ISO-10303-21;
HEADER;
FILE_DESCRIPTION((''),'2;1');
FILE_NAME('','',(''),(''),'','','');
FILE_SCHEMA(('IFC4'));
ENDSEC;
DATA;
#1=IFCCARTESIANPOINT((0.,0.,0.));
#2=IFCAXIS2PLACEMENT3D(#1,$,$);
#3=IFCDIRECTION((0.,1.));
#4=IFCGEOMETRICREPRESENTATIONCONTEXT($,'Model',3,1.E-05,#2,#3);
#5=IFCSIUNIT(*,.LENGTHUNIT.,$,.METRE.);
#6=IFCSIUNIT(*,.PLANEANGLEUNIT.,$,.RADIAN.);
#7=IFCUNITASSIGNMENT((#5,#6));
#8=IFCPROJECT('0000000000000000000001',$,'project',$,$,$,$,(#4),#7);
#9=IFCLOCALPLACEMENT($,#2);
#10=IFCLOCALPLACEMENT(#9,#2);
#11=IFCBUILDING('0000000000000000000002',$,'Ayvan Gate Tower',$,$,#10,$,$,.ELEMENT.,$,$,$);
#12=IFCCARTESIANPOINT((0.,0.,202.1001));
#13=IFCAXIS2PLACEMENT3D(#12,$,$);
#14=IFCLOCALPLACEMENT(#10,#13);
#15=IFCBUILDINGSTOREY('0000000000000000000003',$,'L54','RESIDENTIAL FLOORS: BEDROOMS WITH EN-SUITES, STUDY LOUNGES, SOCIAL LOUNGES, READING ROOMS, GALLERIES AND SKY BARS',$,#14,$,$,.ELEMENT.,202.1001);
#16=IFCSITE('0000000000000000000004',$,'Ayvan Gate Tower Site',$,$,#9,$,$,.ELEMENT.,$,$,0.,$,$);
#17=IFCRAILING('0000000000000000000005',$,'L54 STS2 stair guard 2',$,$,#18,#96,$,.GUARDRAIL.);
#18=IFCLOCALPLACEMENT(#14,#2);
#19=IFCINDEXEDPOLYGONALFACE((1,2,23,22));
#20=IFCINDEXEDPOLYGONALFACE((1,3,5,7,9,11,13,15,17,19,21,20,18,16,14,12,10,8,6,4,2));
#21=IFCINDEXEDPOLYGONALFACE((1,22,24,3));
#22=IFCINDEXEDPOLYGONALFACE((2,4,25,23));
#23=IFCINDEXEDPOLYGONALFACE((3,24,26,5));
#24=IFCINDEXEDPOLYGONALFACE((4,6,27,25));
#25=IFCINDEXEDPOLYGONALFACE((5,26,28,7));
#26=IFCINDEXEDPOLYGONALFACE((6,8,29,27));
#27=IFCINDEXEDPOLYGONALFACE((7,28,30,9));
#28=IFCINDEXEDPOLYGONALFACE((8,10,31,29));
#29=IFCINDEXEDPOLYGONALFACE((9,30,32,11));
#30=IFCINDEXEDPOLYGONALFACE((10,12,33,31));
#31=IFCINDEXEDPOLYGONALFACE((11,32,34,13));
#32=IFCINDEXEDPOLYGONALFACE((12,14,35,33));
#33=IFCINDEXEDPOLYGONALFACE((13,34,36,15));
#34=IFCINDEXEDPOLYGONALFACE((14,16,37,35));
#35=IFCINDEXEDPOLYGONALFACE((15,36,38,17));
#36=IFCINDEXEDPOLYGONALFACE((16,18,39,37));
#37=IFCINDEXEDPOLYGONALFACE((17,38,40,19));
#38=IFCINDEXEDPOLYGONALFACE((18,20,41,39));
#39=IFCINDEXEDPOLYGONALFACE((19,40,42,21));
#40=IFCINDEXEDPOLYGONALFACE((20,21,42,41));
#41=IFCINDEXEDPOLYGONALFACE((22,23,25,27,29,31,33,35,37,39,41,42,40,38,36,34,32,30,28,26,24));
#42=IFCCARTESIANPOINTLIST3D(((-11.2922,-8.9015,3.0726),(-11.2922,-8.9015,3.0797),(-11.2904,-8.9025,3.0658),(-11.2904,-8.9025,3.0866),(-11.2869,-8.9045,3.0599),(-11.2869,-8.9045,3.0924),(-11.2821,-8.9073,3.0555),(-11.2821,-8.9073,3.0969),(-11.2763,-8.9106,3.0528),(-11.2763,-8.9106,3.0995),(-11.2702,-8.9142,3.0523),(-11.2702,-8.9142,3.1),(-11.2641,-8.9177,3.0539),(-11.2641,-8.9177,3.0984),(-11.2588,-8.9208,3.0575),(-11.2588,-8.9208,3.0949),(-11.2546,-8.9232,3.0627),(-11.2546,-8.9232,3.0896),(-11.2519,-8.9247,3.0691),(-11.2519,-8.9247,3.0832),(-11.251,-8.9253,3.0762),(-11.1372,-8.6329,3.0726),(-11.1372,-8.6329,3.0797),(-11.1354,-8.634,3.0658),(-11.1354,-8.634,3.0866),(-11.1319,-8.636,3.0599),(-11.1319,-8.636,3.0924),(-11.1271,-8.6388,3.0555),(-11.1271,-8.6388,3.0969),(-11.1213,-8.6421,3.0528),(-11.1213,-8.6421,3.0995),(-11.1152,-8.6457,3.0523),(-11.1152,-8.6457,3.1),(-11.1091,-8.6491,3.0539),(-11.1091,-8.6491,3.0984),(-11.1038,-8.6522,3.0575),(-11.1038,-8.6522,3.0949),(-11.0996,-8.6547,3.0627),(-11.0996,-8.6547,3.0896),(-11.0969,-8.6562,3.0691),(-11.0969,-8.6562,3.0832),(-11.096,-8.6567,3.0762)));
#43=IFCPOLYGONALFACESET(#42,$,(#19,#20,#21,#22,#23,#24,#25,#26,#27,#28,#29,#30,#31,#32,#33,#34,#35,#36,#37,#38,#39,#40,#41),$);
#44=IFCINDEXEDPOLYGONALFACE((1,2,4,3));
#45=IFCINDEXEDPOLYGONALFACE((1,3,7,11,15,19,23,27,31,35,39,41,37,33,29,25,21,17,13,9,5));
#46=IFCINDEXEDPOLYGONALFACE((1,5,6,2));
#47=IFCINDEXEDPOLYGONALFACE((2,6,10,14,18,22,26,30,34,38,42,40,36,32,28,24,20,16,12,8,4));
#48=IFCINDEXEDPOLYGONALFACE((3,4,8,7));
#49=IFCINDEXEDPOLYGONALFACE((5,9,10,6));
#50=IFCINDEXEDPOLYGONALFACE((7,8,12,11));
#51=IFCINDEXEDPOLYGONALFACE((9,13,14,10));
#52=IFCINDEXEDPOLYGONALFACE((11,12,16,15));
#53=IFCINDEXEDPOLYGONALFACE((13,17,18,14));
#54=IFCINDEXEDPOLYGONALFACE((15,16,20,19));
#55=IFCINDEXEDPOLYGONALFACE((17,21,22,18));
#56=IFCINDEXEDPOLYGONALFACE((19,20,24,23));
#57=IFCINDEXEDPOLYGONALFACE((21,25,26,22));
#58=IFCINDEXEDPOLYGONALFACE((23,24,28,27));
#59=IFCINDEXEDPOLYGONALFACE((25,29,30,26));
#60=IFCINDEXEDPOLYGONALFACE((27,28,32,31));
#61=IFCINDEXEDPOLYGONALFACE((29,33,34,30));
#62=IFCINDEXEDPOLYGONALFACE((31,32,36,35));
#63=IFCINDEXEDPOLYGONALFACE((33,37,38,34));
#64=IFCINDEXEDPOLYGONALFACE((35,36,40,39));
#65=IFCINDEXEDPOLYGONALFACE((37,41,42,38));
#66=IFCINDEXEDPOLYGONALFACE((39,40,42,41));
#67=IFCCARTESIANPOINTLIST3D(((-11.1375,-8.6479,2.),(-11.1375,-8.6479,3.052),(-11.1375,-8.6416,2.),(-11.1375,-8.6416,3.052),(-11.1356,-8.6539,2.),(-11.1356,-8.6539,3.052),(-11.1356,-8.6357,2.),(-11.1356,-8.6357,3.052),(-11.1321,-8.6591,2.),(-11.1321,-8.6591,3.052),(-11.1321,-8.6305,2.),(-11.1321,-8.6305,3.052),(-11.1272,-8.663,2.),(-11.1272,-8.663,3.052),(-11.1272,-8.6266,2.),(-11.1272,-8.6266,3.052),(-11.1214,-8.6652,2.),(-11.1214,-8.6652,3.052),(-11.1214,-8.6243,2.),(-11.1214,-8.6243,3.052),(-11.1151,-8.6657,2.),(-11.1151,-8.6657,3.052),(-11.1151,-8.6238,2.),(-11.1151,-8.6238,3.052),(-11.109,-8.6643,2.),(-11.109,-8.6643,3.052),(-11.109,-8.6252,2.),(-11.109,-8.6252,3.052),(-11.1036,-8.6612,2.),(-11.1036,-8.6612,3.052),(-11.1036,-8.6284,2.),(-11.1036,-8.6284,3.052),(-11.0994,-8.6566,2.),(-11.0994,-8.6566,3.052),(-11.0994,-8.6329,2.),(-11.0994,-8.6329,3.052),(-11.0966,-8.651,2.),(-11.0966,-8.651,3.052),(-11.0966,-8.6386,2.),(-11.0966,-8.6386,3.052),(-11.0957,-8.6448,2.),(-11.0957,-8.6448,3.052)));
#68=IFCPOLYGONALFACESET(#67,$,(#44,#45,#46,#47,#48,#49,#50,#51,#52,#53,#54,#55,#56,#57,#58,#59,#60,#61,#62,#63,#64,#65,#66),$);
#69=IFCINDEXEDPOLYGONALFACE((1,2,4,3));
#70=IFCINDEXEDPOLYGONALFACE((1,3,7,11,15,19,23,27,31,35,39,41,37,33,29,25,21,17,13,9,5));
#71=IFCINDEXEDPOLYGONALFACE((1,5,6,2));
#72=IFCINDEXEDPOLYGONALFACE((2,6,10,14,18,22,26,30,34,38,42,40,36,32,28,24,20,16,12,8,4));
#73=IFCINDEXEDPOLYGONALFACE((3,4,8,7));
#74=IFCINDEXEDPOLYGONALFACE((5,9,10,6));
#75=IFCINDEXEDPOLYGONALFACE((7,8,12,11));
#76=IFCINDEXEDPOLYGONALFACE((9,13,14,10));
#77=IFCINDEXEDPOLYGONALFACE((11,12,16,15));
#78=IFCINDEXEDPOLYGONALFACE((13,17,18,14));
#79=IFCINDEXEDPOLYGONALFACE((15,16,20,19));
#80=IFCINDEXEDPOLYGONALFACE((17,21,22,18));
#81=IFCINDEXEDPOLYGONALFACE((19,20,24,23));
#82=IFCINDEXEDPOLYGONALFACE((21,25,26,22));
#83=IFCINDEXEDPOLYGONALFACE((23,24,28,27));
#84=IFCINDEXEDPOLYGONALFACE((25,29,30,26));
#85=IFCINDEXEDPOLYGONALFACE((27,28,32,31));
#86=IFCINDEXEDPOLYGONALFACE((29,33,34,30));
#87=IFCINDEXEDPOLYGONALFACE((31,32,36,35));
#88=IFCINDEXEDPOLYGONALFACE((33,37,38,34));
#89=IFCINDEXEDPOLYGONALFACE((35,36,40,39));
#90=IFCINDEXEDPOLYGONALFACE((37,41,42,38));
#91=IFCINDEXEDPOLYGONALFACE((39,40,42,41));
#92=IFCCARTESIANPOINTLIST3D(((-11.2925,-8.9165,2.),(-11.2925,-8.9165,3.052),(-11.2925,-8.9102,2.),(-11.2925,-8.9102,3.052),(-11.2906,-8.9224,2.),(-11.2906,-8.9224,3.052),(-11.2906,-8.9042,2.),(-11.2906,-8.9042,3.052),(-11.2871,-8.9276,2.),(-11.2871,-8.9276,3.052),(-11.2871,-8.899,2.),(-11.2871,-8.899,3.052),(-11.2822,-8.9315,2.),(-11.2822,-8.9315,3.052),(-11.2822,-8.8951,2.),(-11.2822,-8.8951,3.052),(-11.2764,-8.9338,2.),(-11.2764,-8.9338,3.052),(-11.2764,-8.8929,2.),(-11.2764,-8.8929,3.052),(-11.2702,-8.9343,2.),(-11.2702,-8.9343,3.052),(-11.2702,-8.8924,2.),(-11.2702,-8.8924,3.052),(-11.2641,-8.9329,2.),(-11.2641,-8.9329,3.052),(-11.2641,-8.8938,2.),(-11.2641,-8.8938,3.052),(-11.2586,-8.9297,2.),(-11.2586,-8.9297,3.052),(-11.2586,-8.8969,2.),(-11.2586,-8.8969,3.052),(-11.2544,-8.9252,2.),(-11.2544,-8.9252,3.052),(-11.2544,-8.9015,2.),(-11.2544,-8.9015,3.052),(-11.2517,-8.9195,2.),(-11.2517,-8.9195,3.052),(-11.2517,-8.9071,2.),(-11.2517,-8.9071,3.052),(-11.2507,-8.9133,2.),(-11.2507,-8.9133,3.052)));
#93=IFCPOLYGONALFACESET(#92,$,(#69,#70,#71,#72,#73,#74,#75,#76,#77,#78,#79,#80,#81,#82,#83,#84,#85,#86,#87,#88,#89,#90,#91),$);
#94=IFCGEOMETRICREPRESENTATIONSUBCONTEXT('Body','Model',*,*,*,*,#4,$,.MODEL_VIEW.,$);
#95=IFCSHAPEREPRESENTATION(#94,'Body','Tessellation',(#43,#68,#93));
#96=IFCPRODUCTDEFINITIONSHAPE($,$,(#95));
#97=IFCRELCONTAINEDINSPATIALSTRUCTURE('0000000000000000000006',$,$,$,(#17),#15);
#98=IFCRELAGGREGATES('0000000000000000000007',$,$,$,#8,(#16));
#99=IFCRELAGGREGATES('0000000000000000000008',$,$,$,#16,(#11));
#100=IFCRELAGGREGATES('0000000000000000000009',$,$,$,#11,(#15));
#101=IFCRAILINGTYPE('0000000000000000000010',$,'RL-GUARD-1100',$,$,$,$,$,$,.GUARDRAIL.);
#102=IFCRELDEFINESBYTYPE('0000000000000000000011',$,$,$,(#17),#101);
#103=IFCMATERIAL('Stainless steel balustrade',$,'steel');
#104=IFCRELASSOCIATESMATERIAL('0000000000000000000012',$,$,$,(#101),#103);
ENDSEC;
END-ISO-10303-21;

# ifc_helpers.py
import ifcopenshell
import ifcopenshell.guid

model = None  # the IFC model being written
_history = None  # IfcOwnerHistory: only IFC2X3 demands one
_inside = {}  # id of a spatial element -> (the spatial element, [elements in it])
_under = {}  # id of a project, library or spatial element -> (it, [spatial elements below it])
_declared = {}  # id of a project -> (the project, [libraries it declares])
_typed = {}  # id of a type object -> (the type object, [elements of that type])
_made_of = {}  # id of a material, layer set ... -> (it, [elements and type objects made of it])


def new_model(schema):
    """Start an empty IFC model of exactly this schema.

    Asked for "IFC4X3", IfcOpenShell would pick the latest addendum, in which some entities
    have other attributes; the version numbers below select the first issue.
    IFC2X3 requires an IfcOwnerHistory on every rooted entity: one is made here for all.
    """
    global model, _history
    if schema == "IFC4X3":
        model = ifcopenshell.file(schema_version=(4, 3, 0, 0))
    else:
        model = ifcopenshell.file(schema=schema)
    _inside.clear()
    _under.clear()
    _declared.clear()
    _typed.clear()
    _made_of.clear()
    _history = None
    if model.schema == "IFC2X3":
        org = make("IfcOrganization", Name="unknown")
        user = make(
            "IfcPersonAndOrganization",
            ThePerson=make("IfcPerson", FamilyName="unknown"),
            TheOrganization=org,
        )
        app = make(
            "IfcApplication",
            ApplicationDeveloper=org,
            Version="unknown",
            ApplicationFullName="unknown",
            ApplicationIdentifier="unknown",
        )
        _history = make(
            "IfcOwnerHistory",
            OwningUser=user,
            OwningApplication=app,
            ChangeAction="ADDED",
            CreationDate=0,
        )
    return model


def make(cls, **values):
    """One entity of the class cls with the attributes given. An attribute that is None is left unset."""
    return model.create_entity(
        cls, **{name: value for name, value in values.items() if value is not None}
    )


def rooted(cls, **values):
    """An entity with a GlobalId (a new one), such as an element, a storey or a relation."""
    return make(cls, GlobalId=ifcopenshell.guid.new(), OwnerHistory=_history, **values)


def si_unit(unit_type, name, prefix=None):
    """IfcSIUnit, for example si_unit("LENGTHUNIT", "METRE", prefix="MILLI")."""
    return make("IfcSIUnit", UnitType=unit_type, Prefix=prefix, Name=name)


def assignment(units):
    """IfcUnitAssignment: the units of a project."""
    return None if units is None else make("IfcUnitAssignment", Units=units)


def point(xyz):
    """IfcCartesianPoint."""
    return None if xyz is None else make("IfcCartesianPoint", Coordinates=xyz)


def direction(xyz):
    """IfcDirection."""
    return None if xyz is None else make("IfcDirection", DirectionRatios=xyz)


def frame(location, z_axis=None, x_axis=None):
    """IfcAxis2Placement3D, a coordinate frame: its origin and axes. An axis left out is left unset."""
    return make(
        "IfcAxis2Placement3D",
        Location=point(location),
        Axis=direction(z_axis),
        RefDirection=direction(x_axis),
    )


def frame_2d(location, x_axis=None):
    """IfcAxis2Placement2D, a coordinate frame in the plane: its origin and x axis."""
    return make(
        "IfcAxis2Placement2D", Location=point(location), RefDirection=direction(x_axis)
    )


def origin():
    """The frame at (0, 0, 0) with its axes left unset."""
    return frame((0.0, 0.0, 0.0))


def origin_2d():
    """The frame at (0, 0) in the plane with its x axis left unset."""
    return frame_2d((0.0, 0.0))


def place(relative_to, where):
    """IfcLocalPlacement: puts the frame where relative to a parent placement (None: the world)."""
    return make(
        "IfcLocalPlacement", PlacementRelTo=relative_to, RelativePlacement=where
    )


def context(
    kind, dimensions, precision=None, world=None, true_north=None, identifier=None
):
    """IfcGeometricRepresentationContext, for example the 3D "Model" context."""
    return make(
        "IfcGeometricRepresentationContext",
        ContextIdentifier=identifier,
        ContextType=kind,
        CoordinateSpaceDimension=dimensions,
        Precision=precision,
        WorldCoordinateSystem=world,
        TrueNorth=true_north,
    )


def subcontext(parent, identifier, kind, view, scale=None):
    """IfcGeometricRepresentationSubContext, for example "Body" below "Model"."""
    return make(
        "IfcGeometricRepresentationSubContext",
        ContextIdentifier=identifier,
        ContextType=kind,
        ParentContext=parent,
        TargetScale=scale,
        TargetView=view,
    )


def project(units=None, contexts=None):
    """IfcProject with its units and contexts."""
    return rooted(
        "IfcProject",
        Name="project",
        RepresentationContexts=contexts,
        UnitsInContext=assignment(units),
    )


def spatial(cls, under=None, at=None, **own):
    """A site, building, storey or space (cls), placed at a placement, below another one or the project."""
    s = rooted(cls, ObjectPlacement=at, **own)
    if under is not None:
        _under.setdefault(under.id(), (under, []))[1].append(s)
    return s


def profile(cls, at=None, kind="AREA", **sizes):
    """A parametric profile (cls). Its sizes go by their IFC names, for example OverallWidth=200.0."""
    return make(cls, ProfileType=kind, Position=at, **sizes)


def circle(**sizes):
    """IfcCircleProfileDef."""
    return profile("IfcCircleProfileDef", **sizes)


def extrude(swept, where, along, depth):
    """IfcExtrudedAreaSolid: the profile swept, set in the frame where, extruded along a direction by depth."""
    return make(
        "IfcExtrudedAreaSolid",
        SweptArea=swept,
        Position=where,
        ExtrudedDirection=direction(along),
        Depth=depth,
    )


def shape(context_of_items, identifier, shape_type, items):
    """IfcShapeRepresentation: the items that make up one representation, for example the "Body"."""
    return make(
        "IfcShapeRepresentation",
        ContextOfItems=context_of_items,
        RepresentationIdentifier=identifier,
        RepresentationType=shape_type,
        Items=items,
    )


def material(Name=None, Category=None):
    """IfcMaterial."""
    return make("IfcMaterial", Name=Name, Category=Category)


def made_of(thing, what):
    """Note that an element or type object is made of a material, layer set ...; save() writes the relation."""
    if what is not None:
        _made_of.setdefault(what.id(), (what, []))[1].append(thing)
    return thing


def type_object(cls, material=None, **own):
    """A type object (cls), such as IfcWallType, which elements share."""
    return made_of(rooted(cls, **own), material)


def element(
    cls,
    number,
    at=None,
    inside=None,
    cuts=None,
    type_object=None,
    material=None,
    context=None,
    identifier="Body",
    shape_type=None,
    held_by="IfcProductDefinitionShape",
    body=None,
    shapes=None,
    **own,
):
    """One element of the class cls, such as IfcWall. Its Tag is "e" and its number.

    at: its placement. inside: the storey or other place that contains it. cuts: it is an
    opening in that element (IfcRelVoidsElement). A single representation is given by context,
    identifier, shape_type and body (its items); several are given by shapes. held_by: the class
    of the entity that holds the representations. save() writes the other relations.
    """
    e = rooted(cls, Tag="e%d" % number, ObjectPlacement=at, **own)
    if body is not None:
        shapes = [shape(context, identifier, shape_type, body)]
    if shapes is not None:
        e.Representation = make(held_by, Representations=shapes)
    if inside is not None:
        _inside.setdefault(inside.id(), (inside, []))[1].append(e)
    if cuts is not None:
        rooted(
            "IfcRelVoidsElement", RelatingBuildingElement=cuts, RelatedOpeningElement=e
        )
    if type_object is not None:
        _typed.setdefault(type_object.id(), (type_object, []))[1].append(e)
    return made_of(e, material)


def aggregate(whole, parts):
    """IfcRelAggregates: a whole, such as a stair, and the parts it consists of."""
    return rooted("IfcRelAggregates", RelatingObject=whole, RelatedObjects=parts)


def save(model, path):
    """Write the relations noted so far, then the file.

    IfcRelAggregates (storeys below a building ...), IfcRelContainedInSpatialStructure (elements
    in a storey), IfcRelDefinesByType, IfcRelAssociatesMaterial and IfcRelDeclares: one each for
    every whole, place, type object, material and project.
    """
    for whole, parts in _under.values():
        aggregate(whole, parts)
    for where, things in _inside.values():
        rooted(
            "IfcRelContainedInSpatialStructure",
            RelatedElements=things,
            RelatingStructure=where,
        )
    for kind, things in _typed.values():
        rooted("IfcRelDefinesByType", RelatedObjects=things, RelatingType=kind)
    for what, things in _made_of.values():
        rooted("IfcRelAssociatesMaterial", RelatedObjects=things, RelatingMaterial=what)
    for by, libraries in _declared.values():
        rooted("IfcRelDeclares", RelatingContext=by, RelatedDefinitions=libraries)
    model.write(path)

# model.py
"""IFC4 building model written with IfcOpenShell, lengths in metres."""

from ifc_helpers import new_model, si_unit, direction, frame, origin, origin_2d, place, context, subcontext, project, spatial, circle, extrude, material, type_object, element, save


model = new_model("IFC4")

# Units and contexts
model_context = context("Model", 3, precision=1e-05, world=origin(), true_north=direction((0.0, 1.0)))
body_context = subcontext(model_context, "Body", "Model", "MODEL_VIEW")
ifc_project = project(units=[si_unit("LENGTHUNIT", "METRE"), si_unit("PLANEANGLEUNIT", "RADIAN")], contexts=[model_context])

# Site, building, storey
site_placement = place(None, origin())
site = spatial("IfcSite", under=ifc_project, at=site_placement, Name="Ayvan Gate Tower Site", CompositionType="ELEMENT", RefElevation=0.0)
building_placement = place(site_placement, origin())
building = spatial("IfcBuilding", under=site, at=building_placement, Name="Ayvan Gate Tower", CompositionType="ELEMENT")
storey_placement = place(building_placement, frame((0.0, 0.0, 202.1001)))
storey = spatial("IfcBuildingStorey", under=building, at=storey_placement, Name="L54", Description="RESIDENTIAL FLOORS: BEDROOMS WITH EN-SUITES, STUDY LOUNGES, SOCIAL LOUNGES, READING ROOMS, GALLERIES AND SKY BARS", CompositionType="ELEMENT", Elevation=202.1001)

# Railing
ifc_material_1 = material(Name="Stainless steel balustrade", Category="steel")
railing_type_1 = type_object("IfcRailingType", Name="RL-GUARD-1100", PredefinedType="GUARDRAIL", material=ifc_material_1)
railing_1_placement = place(storey_placement, frame((-11.1167, -8.6448, 2.0)))
element("IfcRailing", 1, at=railing_1_placement, inside=storey, type_object=railing_type_1, Name="L54 STS2 stair guard 2", PredefinedType="GUARDRAIL", context=body_context, shape_type="SweptSolid", body=[
    extrude(circle(Radius=0.0239, at=origin_2d()), frame((0.0, 0.0, 1.0762), z_axis=(-0.49995, -0.866054, 0.0), x_axis=(0.866054, -0.49995, 0.0)), (0.0, 0.0, 1.0), 0.3101),
    extrude(circle(Radius=0.021, at=origin_2d()), origin(), (0.0, 0.0, 1.0), 1.052),
    extrude(circle(Radius=0.021, at=origin_2d()), frame((-0.155, -0.2686, 0.0)), (0.0, 0.0, 1.0), 1.052),
])

save(model, "model.ifc")
